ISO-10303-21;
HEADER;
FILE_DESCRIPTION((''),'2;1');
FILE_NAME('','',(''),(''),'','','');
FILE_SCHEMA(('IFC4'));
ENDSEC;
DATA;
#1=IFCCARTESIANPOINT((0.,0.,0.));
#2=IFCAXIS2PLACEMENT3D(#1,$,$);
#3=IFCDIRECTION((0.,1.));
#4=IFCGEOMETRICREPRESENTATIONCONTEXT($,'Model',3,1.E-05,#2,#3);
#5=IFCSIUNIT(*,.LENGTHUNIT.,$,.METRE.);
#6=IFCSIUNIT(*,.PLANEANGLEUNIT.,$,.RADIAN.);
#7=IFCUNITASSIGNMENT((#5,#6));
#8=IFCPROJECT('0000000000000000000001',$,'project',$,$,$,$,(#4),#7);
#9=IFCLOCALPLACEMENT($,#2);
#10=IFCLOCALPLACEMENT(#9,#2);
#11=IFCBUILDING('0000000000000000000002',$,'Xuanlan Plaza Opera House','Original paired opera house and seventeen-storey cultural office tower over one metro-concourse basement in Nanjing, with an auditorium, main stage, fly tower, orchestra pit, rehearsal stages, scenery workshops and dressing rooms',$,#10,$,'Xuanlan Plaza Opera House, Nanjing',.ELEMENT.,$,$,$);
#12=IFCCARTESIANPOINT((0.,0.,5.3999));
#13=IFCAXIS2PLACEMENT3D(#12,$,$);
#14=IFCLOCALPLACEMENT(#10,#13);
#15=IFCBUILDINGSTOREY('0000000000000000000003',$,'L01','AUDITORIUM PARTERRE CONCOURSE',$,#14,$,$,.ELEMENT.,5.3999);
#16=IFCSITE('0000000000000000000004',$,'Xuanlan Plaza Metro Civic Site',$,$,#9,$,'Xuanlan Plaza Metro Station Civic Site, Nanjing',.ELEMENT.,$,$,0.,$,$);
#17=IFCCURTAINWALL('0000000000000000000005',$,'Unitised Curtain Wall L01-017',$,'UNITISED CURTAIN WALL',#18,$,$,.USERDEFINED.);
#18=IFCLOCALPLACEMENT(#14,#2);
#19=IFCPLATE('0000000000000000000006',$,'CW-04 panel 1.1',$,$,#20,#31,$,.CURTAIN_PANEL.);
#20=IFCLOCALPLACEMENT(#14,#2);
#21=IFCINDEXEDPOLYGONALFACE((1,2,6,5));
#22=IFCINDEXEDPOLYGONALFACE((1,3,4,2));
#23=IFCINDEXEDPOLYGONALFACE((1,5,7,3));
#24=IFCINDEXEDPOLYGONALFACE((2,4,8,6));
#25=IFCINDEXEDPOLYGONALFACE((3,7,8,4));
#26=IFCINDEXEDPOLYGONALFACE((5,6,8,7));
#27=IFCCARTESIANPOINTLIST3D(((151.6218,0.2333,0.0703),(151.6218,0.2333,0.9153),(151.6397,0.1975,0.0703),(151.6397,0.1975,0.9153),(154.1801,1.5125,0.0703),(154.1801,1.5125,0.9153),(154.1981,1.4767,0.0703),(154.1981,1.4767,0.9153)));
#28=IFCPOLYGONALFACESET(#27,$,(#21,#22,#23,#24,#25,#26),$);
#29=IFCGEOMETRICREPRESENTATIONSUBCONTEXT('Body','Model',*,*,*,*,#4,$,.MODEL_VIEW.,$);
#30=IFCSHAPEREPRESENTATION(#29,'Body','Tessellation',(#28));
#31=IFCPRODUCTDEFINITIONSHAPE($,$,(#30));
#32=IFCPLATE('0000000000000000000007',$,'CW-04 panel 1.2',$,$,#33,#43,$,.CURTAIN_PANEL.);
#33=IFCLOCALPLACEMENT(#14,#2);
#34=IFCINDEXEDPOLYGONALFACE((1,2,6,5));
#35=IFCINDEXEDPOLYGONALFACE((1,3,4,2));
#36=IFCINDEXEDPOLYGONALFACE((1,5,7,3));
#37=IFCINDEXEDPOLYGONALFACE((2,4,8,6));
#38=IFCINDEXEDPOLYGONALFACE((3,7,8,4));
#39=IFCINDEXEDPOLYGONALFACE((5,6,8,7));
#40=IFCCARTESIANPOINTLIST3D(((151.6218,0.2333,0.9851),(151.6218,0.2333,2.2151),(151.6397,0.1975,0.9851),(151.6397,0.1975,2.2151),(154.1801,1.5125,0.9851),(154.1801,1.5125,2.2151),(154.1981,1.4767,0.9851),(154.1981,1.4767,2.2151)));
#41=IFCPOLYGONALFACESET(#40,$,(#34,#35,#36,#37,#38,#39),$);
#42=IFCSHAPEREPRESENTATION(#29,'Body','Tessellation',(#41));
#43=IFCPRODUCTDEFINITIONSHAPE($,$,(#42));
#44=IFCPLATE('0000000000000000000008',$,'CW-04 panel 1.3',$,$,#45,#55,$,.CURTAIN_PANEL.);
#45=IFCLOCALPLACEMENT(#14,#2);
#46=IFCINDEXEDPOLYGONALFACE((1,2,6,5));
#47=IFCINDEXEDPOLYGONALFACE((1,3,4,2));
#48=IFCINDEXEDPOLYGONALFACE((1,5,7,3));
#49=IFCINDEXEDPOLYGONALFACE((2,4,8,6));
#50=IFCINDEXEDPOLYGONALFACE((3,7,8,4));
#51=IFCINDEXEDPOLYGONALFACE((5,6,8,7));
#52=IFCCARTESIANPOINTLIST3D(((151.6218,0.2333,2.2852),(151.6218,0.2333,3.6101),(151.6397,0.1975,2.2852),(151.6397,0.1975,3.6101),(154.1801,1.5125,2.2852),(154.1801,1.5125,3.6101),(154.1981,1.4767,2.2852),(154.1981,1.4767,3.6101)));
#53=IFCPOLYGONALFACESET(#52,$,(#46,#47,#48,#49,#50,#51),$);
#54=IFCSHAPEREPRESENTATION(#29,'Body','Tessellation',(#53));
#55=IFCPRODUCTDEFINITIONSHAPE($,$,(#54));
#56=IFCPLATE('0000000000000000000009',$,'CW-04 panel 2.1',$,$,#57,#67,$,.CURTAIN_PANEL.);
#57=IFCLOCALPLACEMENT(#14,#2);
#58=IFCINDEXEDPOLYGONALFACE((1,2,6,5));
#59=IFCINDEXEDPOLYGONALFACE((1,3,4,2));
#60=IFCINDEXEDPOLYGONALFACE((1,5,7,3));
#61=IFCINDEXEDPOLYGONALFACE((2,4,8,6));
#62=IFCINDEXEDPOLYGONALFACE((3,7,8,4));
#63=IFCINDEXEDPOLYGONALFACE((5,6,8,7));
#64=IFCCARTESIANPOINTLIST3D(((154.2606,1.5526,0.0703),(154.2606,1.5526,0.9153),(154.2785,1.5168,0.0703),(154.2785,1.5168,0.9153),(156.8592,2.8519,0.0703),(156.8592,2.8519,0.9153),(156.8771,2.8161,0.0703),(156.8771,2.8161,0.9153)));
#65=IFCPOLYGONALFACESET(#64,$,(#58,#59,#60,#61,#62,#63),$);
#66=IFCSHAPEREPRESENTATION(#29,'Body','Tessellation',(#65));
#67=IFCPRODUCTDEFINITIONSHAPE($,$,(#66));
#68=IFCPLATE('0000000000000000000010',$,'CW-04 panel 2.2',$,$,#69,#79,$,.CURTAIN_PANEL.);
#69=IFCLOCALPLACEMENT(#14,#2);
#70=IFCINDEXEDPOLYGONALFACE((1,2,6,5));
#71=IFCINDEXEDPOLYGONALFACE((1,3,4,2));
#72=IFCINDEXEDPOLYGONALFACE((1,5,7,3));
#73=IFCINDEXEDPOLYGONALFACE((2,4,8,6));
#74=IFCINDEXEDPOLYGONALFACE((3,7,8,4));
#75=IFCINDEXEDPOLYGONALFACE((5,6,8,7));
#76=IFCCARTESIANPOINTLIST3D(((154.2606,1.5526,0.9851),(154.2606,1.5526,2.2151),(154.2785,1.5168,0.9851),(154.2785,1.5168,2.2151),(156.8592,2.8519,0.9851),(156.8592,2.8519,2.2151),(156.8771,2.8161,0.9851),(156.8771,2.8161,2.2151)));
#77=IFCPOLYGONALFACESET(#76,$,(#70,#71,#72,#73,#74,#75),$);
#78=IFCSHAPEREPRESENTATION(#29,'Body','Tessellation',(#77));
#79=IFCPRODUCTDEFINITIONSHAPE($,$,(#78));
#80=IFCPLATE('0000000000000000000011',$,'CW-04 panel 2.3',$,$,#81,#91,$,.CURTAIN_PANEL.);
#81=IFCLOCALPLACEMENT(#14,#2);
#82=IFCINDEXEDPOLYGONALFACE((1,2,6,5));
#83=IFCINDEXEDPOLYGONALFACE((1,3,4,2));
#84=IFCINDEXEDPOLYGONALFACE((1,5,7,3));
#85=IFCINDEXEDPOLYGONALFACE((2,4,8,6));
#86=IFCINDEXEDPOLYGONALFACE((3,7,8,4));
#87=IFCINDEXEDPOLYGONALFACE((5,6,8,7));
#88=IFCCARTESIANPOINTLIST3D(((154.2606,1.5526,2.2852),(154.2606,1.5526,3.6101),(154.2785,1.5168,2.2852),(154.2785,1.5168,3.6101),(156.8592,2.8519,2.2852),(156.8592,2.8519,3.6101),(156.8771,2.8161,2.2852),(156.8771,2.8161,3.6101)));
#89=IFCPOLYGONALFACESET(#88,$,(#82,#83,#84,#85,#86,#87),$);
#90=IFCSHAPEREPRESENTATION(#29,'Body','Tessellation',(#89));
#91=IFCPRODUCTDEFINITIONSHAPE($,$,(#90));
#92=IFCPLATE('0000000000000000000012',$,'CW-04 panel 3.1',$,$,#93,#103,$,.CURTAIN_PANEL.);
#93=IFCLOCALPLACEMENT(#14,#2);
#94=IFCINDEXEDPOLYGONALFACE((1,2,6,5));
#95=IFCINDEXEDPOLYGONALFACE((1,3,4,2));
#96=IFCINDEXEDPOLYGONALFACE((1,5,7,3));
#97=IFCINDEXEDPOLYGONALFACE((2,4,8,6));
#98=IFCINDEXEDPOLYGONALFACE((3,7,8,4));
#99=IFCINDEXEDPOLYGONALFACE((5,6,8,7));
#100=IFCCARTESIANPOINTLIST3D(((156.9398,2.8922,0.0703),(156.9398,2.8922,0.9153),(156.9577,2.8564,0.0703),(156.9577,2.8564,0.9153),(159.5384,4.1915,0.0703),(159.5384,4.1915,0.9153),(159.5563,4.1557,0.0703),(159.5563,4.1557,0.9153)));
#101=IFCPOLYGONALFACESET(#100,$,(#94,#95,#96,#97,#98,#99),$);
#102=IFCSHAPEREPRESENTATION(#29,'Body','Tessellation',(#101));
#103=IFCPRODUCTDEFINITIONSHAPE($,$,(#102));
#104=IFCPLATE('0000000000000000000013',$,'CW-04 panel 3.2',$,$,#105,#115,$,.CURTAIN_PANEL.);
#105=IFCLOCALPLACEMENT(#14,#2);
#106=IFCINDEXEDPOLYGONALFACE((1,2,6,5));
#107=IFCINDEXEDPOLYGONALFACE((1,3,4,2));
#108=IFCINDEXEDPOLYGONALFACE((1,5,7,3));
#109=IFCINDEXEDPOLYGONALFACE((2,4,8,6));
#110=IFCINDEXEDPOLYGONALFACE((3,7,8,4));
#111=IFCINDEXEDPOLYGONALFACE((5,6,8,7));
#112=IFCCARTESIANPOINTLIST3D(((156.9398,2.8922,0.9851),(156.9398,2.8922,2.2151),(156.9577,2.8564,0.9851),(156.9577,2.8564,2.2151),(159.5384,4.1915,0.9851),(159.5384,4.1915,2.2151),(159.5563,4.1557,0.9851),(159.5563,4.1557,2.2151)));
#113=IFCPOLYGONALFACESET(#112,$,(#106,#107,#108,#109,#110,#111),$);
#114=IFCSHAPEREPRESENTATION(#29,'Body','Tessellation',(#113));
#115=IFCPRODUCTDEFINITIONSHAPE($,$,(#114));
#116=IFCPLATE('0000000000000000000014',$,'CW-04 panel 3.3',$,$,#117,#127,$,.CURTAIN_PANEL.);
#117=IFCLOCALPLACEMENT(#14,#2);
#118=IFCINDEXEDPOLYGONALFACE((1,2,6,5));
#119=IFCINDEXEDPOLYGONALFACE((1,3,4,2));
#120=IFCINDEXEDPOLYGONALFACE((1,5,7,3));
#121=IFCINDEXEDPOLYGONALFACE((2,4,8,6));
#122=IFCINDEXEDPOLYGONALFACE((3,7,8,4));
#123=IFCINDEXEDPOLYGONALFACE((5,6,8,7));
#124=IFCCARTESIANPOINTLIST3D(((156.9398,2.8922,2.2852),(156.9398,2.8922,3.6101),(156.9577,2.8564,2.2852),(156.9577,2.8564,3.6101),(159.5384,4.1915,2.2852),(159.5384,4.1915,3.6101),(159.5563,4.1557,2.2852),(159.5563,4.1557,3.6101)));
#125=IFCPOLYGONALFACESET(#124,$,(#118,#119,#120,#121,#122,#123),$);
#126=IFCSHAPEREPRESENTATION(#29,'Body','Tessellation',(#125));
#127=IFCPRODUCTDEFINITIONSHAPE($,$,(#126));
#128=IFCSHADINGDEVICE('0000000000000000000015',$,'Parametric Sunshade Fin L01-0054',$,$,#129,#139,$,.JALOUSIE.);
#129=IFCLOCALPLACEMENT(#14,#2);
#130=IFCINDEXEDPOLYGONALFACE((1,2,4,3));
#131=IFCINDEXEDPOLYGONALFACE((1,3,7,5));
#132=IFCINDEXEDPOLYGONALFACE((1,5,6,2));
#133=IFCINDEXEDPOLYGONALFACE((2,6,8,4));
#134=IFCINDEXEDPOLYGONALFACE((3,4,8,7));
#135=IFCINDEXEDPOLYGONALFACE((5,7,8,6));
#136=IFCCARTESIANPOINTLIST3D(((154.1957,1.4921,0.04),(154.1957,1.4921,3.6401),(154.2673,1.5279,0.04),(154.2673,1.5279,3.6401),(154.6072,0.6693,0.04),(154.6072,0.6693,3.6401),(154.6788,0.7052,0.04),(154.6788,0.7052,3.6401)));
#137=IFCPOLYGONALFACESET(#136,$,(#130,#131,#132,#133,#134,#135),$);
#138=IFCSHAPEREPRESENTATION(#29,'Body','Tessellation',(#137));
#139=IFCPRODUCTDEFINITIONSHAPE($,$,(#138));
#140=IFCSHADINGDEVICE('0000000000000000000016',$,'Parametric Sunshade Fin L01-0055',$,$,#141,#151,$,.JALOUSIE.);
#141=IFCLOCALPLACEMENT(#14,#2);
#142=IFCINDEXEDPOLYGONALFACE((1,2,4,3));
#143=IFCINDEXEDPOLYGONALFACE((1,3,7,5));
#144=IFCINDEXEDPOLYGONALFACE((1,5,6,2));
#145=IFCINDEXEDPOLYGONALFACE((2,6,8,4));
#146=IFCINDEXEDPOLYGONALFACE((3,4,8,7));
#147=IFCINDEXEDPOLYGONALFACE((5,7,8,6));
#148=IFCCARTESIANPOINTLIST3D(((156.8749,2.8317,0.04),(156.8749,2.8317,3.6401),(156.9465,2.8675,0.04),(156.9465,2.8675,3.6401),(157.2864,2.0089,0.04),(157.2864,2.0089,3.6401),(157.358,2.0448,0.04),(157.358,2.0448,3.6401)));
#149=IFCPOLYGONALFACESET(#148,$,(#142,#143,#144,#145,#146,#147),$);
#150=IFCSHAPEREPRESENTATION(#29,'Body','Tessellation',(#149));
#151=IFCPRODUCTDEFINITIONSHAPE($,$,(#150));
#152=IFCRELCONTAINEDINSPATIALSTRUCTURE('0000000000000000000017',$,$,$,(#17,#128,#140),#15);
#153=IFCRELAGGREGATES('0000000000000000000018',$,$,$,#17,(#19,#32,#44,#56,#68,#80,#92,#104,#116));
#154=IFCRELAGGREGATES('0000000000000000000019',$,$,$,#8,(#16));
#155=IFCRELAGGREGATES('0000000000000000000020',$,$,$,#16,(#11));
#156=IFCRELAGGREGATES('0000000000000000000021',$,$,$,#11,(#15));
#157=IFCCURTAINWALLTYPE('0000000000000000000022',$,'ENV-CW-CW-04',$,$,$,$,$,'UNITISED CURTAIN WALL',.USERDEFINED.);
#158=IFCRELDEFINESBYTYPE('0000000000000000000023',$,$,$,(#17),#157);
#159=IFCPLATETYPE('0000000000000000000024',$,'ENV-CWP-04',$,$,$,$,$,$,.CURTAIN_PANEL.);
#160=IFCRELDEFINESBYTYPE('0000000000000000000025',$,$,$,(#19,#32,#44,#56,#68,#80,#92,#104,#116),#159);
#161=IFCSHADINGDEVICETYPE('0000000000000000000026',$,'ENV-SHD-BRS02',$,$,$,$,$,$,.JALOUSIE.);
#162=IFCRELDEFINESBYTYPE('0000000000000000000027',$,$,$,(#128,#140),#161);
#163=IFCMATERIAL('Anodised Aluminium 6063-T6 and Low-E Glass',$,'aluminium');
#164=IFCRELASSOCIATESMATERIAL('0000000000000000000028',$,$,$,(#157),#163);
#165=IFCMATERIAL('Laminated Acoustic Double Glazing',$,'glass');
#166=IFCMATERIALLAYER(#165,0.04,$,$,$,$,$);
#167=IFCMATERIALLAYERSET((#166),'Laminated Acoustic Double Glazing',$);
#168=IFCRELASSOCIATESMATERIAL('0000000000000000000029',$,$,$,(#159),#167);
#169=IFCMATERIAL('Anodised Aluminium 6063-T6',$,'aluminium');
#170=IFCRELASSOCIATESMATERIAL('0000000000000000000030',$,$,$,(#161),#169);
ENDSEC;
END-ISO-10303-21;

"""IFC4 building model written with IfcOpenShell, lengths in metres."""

from ifc_helpers import new_model, si_unit, direction, frame, origin, origin_2d, place, context, subcontext, project, spatial, rectangle, extrude, material, layer, layer_set, type_object, element, aggregate, save


model = new_model("IFC4")

# Units and contexts
model_context = context("Model", 3, precision=1e-05, world=origin(), true_north=direction((0.0, 1.0)))
body_context = subcontext(model_context, "Body", "Model", "MODEL_VIEW")
ifc_project = project(units=[si_unit("LENGTHUNIT", "METRE"), si_unit("PLANEANGLEUNIT", "RADIAN")], contexts=[model_context])

# Site, building, storey
site_placement = place(None, origin())
site = spatial("IfcSite", under=ifc_project, at=site_placement, Name="Xuanlan Plaza Metro Civic Site", LongName="Xuanlan Plaza Metro Station Civic Site, Nanjing", CompositionType="ELEMENT", RefElevation=0.0)
building_placement = place(site_placement, origin())
building = spatial("IfcBuilding", under=site, at=building_placement, Name="Xuanlan Plaza Opera House", Description="Original paired opera house and seventeen-storey cultural office tower over one metro-concourse basement in Nanjing, with an auditorium, main stage, fly tower, orchestra pit, rehearsal stages, scenery workshops and dressing rooms", LongName="Xuanlan Plaza Opera House, Nanjing", CompositionType="ELEMENT")
storey_placement = place(building_placement, frame((0.0, 0.0, 5.3999)))
storey = spatial("IfcBuildingStorey", under=building, at=storey_placement, Name="L01", Description="AUDITORIUM PARTERRE CONCOURSE", CompositionType="ELEMENT", Elevation=5.3999)

# Curtain wall
ifc_material_1 = material(Name="Anodised Aluminium 6063-T6 and Low-E Glass", Category="aluminium")
curtain_wall_type = type_object("IfcCurtainWallType", Name="ENV-CW-CW-04", ElementType="UNITISED CURTAIN WALL", PredefinedType="USERDEFINED", material=ifc_material_1)
curtain_wall_placement = place(storey_placement, origin())
curtain_wall = element("IfcCurtainWall", 1, at=curtain_wall_placement, inside=storey, type_object=curtain_wall_type, Name="Unitised Curtain Wall L01-017", ObjectType="UNITISED CURTAIN WALL", PredefinedType="USERDEFINED")
ifc_material_2 = material(Name="Anodised Aluminium 6063-T6", Category="aluminium")

# Plates
ifc_material_3 = material(Name="Laminated Acoustic Double Glazing", Category="glass")
ifc_layer = layer(ifc_material_3, 0.04)
ifc_layer_set = layer_set([ifc_layer], Name="Laminated Acoustic Double Glazing")
plate_type = type_object("IfcPlateType", Name="ENV-CWP-04", PredefinedType="CURTAIN_PANEL", material=ifc_layer_set)
plate_1_placement = place(storey_placement, frame((152.9099, 0.855, 0.0703), z_axis=(0.0, 0.0, 1.0), x_axis=(0.894427, 0.447214, 0.0)))
plate_1 = element("IfcPlate", 2, at=plate_1_placement, type_object=plate_type, Name="CW-04 panel 1.1", PredefinedType="CURTAIN_PANEL", context=body_context, shape_type="SweptSolid", body=[
    extrude(rectangle(XDim=2.8604, YDim=0.04, at=origin_2d()), origin(), (0.0, 0.0, 1.0), 0.845),
])
plate_2_placement = place(storey_placement, frame((152.9099, 0.855, 0.9851), z_axis=(0.0, 0.0, 1.0), x_axis=(0.894427, 0.447214, 0.0)))
plate_2 = element("IfcPlate", 3, at=plate_2_placement, type_object=plate_type, Name="CW-04 panel 1.2", PredefinedType="CURTAIN_PANEL", context=body_context, shape_type="SweptSolid", body=[
    extrude(rectangle(XDim=2.8604, YDim=0.04, at=origin_2d()), origin(), (0.0, 0.0, 1.0), 1.23),
])
plate_3_placement = place(storey_placement, frame((152.9099, 0.855, 2.2852), z_axis=(0.0, 0.0, 1.0), x_axis=(0.894427, 0.447214, 0.0)))
plate_3 = element("IfcPlate", 4, at=plate_3_placement, type_object=plate_type, Name="CW-04 panel 1.3", PredefinedType="CURTAIN_PANEL", context=body_context, shape_type="SweptSolid", body=[
    extrude(rectangle(XDim=2.8604, YDim=0.04, at=origin_2d()), origin(), (0.0, 0.0, 1.0), 1.325),
])
plate_4_placement = place(storey_placement, frame((155.5688, 2.1843, 0.0703), z_axis=(0.0, 0.0, 1.0), x_axis=(0.894427, 0.447214, 0.0)))
plate_4 = element("IfcPlate", 5, at=plate_4_placement, type_object=plate_type, Name="CW-04 panel 2.1", PredefinedType="CURTAIN_PANEL", context=body_context, shape_type="SweptSolid", body=[
    extrude(rectangle(XDim=2.9053, YDim=0.04, at=origin_2d()), origin(), (0.0, 0.0, 1.0), 0.845),
])
plate_5_placement = place(storey_placement, frame((155.5688, 2.1843, 0.9851), z_axis=(0.0, 0.0, 1.0), x_axis=(0.894427, 0.447214, 0.0)))
plate_5 = element("IfcPlate", 6, at=plate_5_placement, type_object=plate_type, Name="CW-04 panel 2.2", PredefinedType="CURTAIN_PANEL", context=body_context, shape_type="SweptSolid", body=[
    extrude(rectangle(XDim=2.9053, YDim=0.04, at=origin_2d()), origin(), (0.0, 0.0, 1.0), 1.23),
])
plate_6_placement = place(storey_placement, frame((155.5688, 2.1843, 2.2852), z_axis=(0.0, 0.0, 1.0), x_axis=(0.894427, 0.447214, 0.0)))
plate_6 = element("IfcPlate", 7, at=plate_6_placement, type_object=plate_type, Name="CW-04 panel 2.3", PredefinedType="CURTAIN_PANEL", context=body_context, shape_type="SweptSolid", body=[
    extrude(rectangle(XDim=2.9053, YDim=0.04, at=origin_2d()), origin(), (0.0, 0.0, 1.0), 1.325),
])
plate_7_placement = place(storey_placement, frame((158.248, 3.5239, 0.0703), z_axis=(0.0, 0.0, 1.0), x_axis=(0.894427, 0.447214, 0.0)))
plate_7 = element("IfcPlate", 8, at=plate_7_placement, type_object=plate_type, Name="CW-04 panel 3.1", PredefinedType="CURTAIN_PANEL", context=body_context, shape_type="SweptSolid", body=[
    extrude(rectangle(XDim=2.9053, YDim=0.04, at=origin_2d()), origin(), (0.0, 0.0, 1.0), 0.845),
])
plate_8_placement = place(storey_placement, frame((158.248, 3.5239, 0.9851), z_axis=(0.0, 0.0, 1.0), x_axis=(0.894427, 0.447214, 0.0)))
plate_8 = element("IfcPlate", 9, at=plate_8_placement, type_object=plate_type, Name="CW-04 panel 3.2", PredefinedType="CURTAIN_PANEL", context=body_context, shape_type="SweptSolid", body=[
    extrude(rectangle(XDim=2.9053, YDim=0.04, at=origin_2d()), origin(), (0.0, 0.0, 1.0), 1.23),
])
plate_9_placement = place(storey_placement, frame((158.248, 3.5239, 2.2852), z_axis=(0.0, 0.0, 1.0), x_axis=(0.894427, 0.447214, 0.0)))
plate_9 = element("IfcPlate", 10, at=plate_9_placement, type_object=plate_type, Name="CW-04 panel 3.3", PredefinedType="CURTAIN_PANEL", context=body_context, shape_type="SweptSolid", body=[
    extrude(rectangle(XDim=2.9053, YDim=0.04, at=origin_2d()), origin(), (0.0, 0.0, 1.0), 1.325),
])
aggregate(curtain_wall, [plate_1, plate_2, plate_3, plate_4, plate_5, plate_6, plate_7, plate_8, plate_9])

# Shading devices
shading_device_type = type_object("IfcShadingDeviceType", Name="ENV-SHD-BRS02", PredefinedType="JALOUSIE", material=ifc_material_2)
for number, where, z_axis, x_axis, name in (
    (11, (154.4373, 1.0986, 0.04), (0.0, 0.0, 1.0), (0.447291, -0.894389, 0.0), "Parametric Sunshade Fin L01-0054"),
    (12, (157.1165, 2.4382, 0.04), (0.0, 0.0, 1.0), (0.447291, -0.894389, 0.0), "Parametric Sunshade Fin L01-0055"),
):
    element("IfcShadingDevice", number, at=place(storey_placement, frame(where, z_axis=z_axis, x_axis=x_axis)), inside=storey, type_object=shading_device_type, Name=name, PredefinedType="JALOUSIE", context=body_context, shape_type="SweptSolid", body=[
        extrude(rectangle(XDim=0.9199, YDim=0.0801, at=origin_2d()), origin(), (0.0, 0.0, 1.0), 3.6001),
    ])

save(model, "model.ifc")
